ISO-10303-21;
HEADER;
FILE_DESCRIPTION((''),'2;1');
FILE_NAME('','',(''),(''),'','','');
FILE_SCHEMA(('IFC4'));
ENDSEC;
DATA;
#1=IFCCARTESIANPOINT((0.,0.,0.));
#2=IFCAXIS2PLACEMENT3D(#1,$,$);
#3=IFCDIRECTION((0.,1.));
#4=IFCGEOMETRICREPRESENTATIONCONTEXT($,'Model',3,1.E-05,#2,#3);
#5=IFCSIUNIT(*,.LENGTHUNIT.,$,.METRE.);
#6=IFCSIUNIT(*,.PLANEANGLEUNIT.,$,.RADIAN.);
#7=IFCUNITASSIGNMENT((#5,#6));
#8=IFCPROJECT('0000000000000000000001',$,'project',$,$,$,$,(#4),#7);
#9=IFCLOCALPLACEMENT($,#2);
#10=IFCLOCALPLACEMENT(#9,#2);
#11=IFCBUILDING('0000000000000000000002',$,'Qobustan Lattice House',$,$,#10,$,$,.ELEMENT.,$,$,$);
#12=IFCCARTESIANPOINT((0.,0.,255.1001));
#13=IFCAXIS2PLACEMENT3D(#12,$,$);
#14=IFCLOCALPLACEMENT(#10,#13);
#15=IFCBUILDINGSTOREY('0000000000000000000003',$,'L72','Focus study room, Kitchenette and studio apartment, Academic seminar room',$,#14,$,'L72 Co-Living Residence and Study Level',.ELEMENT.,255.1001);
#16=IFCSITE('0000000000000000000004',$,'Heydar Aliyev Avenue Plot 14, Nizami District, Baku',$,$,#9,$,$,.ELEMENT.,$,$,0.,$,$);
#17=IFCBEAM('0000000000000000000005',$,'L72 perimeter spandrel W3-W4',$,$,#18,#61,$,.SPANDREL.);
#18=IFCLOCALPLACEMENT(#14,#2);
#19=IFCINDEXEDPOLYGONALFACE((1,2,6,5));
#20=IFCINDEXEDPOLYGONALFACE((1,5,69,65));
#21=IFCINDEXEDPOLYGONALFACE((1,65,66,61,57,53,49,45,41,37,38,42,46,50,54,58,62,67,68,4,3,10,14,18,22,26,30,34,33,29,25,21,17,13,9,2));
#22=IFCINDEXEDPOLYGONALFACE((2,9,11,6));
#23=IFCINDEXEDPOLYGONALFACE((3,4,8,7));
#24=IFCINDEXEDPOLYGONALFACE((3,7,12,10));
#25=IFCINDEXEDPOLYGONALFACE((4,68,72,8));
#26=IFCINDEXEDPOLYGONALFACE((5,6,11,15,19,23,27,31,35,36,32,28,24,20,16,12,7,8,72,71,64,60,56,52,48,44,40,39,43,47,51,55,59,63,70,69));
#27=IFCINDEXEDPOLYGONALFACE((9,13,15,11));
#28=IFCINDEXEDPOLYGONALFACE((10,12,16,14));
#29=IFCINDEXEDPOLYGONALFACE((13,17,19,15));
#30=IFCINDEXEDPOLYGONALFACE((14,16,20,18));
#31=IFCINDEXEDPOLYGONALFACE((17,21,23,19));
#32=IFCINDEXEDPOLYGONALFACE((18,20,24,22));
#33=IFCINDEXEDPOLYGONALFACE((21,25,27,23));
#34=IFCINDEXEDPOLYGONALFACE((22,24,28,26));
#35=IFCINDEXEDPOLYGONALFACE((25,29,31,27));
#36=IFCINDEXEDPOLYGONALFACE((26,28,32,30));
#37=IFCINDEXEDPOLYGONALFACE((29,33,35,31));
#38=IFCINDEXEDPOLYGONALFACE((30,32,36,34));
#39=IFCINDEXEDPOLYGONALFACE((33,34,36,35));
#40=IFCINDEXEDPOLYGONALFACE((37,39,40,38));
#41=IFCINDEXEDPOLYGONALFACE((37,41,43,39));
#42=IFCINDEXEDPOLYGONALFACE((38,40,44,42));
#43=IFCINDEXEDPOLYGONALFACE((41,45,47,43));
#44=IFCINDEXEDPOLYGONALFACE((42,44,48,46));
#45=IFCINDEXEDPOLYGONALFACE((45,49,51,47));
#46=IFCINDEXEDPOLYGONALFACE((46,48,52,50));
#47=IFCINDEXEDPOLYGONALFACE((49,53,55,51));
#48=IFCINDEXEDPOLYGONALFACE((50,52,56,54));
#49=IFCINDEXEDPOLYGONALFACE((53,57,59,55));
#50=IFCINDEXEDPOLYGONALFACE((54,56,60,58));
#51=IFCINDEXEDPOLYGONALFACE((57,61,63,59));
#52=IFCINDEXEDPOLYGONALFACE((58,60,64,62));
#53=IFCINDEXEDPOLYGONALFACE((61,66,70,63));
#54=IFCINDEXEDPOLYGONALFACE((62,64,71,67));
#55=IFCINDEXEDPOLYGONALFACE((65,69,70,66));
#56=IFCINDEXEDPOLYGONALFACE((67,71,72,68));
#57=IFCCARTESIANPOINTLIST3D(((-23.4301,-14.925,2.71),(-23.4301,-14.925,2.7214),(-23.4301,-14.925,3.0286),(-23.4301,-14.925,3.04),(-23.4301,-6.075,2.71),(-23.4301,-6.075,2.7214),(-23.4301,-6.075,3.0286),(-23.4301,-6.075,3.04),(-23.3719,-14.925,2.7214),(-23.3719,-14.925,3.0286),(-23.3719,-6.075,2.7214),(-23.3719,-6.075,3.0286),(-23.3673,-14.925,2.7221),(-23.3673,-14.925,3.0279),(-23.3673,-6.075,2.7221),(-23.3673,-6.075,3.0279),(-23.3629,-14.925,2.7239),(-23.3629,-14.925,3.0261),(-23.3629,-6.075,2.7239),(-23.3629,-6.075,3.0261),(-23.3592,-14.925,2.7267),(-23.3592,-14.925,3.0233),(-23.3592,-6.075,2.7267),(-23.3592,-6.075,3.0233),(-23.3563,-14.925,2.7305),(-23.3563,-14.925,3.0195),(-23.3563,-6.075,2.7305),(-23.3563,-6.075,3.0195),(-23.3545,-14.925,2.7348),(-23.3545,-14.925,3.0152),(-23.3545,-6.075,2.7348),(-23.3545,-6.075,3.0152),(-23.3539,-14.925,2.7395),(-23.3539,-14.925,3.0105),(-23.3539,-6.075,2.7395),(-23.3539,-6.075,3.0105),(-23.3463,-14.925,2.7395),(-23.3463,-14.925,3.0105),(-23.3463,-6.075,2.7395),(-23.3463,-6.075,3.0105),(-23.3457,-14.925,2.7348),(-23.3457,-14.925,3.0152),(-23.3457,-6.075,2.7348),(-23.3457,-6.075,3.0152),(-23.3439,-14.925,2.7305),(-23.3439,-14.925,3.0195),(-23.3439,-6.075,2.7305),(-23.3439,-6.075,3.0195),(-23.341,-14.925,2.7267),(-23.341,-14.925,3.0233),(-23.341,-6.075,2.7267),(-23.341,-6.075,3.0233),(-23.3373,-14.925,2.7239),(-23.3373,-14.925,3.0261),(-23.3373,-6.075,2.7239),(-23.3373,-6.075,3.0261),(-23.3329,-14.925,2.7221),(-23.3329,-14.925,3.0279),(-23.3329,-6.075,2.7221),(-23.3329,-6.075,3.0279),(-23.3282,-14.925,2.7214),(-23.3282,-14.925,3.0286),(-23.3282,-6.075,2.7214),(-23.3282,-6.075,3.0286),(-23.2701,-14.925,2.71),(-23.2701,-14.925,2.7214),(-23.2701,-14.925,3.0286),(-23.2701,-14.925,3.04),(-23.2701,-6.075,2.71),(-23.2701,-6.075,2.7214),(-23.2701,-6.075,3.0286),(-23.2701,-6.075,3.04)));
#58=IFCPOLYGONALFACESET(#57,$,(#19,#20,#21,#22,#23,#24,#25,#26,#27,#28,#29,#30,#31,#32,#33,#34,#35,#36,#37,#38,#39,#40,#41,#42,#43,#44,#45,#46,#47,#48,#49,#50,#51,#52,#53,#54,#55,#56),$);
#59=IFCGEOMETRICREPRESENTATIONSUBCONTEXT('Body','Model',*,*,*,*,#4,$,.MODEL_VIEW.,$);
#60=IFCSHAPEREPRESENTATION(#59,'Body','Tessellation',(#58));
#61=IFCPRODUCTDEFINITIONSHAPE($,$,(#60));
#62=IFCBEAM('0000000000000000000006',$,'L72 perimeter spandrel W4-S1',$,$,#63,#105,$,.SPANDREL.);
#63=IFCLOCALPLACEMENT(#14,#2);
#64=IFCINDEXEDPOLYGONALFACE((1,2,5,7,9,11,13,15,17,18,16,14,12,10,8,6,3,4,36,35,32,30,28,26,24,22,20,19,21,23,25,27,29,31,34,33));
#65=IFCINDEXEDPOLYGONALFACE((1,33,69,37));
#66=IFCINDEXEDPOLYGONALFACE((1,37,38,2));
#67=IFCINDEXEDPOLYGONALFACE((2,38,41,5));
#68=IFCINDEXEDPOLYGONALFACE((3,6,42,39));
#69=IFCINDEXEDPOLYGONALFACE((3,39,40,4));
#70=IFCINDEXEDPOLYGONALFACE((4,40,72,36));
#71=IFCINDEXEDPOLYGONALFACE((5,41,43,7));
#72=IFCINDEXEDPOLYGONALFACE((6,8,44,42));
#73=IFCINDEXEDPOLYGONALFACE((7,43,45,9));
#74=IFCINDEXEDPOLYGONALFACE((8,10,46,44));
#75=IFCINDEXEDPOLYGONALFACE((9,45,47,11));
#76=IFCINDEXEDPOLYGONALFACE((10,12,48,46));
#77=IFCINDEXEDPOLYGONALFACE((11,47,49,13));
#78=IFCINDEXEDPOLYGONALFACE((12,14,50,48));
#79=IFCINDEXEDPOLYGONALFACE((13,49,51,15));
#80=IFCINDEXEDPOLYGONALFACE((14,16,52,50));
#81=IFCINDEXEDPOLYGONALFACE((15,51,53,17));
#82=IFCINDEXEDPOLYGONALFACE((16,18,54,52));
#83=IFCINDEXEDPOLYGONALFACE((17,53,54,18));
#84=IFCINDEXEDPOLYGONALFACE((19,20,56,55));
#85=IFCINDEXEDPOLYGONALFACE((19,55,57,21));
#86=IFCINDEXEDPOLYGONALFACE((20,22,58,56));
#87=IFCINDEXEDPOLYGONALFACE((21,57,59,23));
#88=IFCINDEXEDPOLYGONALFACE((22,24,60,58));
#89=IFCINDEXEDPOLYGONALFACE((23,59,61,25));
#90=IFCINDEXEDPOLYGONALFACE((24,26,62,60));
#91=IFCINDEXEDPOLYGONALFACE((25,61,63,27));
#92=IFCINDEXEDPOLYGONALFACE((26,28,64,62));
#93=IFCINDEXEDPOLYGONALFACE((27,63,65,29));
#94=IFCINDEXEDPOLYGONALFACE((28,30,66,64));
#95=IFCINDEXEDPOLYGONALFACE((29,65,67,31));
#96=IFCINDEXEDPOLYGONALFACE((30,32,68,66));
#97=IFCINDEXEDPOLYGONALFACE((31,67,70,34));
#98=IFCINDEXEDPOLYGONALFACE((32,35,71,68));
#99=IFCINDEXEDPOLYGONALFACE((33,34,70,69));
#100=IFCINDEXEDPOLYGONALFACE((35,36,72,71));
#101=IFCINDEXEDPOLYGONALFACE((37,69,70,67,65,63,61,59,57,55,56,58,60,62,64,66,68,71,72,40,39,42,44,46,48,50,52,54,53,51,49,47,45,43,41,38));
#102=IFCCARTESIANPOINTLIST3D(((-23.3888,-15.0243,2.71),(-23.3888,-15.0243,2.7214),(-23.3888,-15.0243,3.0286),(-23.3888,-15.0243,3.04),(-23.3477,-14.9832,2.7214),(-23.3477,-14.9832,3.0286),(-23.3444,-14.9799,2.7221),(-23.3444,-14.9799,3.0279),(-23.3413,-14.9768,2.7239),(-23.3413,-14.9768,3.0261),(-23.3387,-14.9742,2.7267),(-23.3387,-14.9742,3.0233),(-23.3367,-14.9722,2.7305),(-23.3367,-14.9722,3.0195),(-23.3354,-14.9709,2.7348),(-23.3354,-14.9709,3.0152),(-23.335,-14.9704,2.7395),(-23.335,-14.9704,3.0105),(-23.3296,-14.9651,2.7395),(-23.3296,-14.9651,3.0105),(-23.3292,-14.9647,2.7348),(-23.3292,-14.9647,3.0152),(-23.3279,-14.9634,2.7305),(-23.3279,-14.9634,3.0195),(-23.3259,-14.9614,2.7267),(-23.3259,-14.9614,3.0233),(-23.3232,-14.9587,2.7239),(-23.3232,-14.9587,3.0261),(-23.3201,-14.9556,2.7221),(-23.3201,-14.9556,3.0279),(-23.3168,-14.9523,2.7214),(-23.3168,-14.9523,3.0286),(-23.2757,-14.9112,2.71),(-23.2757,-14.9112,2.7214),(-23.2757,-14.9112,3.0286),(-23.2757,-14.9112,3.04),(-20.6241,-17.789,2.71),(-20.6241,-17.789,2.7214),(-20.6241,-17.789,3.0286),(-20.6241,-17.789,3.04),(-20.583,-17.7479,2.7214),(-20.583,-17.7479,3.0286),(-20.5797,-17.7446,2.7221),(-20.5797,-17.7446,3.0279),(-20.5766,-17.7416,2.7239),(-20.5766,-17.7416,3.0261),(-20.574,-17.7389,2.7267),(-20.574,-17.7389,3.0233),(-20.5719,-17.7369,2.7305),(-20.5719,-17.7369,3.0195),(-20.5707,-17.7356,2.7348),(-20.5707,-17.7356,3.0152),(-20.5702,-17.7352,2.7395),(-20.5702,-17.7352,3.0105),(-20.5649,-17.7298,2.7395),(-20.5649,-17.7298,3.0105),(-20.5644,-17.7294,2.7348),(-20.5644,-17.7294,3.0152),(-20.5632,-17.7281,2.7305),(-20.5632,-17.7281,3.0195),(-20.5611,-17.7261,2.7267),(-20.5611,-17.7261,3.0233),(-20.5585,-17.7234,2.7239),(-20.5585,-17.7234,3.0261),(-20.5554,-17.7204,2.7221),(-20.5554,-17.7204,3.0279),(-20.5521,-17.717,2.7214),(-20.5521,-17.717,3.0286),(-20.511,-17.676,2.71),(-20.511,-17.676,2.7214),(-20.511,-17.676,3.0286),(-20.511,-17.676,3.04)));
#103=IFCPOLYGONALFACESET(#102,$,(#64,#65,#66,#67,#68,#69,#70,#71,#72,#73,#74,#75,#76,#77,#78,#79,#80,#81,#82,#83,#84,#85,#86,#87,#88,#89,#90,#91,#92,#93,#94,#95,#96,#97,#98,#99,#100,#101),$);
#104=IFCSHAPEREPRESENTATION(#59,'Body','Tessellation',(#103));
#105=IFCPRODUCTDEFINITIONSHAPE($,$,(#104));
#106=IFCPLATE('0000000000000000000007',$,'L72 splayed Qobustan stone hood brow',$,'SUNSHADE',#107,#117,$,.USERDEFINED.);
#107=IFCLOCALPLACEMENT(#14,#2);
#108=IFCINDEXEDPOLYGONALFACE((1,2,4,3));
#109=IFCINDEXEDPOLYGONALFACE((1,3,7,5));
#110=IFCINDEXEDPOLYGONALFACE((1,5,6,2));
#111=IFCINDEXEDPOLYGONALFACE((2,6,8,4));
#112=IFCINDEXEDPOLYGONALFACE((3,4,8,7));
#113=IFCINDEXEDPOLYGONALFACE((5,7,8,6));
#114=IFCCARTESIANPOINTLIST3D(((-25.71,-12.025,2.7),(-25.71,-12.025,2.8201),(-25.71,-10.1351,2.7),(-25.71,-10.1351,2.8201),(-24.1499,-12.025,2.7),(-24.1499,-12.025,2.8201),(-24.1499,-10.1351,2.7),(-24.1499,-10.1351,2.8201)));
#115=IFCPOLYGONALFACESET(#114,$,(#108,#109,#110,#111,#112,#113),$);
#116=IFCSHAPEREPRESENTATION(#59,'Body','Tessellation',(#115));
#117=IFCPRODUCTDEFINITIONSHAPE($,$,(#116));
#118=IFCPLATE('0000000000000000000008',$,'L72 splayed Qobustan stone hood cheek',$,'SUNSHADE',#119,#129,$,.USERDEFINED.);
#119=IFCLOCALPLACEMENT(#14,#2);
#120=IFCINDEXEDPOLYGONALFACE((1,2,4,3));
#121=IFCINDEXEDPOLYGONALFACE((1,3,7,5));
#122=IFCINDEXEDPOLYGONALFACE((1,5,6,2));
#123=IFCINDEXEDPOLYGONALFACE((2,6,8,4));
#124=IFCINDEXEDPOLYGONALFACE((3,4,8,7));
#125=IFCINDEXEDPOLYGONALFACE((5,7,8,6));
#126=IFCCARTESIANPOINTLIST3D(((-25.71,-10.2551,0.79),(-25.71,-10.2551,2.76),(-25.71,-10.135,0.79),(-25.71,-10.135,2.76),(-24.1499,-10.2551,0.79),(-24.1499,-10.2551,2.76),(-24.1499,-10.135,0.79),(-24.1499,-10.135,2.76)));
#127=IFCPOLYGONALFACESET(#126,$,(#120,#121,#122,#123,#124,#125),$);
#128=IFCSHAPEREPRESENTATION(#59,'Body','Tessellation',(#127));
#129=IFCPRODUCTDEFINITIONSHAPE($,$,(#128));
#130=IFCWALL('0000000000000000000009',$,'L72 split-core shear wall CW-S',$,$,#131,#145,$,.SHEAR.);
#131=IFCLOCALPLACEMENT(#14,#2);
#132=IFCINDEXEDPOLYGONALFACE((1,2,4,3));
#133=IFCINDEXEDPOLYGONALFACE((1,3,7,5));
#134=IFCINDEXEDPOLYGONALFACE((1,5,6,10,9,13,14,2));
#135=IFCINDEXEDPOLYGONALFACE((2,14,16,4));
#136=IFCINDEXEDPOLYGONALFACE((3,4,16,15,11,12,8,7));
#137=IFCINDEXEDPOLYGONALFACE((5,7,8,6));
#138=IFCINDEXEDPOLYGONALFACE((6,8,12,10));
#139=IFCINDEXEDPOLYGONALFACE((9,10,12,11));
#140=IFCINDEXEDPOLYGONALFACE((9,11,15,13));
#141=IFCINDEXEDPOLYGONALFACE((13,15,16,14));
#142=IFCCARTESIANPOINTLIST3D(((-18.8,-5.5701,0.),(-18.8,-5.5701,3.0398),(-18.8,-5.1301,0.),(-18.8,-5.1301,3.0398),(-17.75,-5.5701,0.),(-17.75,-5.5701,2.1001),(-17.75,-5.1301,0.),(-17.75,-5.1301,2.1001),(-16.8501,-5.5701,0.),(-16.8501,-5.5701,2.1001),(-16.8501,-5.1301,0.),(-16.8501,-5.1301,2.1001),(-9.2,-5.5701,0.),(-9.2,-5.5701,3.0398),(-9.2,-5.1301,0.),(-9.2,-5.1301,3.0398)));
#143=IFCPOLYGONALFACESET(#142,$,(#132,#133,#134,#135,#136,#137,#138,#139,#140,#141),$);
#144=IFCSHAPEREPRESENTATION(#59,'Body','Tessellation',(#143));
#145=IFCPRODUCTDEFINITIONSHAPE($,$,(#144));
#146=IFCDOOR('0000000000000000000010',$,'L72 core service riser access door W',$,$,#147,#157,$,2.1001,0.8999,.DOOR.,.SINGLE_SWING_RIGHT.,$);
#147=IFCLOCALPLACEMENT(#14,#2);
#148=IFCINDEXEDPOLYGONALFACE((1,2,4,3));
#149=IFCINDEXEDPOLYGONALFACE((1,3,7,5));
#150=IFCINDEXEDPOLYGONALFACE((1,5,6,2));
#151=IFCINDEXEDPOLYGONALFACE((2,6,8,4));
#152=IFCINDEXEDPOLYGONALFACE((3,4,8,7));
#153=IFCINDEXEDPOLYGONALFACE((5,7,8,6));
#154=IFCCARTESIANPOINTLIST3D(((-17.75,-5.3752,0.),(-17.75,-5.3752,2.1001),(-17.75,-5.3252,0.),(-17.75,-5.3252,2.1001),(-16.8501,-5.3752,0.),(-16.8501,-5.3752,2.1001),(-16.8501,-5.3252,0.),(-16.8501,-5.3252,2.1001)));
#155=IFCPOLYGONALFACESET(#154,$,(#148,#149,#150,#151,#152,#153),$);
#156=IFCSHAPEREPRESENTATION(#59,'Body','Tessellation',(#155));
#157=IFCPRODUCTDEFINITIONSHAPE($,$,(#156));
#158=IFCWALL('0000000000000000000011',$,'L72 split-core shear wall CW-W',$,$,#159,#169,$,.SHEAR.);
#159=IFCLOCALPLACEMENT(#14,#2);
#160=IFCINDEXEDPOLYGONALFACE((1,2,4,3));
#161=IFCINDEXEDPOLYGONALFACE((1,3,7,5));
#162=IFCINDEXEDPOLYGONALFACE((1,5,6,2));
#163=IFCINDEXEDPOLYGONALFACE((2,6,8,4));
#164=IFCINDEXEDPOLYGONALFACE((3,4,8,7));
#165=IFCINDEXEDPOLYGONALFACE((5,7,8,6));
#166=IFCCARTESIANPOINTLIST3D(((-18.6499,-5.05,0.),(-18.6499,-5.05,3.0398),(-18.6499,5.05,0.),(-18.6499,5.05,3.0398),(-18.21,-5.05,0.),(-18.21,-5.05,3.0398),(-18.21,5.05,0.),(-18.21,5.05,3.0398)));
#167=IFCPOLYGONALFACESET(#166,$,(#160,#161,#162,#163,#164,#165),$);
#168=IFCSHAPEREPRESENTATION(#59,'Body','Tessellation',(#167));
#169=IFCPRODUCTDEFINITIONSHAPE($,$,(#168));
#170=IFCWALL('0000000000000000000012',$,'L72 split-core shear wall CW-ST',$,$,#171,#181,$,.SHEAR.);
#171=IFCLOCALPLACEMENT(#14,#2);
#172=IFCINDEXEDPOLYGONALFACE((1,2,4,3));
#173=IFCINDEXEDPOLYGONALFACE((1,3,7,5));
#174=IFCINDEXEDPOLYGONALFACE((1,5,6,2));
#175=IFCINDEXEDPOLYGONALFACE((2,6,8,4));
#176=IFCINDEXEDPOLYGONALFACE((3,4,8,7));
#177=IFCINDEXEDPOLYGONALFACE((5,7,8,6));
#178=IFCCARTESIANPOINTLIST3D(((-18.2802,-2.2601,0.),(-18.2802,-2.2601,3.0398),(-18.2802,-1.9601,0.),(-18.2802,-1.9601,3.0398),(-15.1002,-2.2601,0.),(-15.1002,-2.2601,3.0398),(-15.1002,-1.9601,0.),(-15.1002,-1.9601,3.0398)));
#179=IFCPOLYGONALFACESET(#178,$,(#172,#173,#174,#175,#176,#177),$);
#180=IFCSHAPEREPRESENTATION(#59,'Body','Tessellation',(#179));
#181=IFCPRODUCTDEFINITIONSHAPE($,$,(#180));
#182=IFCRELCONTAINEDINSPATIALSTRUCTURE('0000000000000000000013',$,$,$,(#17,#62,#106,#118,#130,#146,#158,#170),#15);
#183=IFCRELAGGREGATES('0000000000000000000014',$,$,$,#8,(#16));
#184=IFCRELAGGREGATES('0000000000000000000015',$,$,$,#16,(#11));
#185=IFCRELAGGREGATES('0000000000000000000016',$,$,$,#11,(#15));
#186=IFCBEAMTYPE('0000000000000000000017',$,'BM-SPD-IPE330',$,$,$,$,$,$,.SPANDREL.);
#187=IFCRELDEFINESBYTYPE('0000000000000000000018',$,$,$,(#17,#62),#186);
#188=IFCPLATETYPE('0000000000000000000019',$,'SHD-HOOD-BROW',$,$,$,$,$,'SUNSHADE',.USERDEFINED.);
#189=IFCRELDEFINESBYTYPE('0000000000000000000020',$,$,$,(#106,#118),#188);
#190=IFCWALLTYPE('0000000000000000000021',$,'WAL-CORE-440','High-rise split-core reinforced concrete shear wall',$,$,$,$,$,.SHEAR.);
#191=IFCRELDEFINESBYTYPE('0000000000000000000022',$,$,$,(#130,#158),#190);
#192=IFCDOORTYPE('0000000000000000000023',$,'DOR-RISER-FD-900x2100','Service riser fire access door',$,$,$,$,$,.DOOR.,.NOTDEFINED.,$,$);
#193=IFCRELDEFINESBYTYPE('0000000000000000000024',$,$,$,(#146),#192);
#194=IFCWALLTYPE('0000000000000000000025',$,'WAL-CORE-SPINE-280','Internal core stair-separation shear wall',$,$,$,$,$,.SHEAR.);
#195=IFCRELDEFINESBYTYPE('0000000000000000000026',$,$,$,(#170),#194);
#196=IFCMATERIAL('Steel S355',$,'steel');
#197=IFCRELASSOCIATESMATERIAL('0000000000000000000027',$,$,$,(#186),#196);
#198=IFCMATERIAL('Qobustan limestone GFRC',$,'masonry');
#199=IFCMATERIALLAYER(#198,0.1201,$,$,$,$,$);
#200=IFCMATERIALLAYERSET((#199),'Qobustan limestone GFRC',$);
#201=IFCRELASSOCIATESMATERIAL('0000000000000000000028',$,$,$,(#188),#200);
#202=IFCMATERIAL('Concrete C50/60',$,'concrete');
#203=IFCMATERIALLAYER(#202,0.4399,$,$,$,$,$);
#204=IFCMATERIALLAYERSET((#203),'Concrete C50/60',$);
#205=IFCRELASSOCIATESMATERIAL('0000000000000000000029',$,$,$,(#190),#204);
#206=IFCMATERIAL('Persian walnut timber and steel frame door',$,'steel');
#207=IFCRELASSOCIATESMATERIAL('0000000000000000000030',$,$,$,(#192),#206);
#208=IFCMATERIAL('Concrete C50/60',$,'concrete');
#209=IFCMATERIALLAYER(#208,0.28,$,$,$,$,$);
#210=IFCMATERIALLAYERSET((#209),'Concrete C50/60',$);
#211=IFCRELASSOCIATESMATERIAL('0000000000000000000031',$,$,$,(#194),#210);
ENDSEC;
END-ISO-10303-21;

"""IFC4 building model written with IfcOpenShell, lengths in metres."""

from ifc_helpers import new_model, si_unit, direction, frame, frame_2d, origin, origin_2d, place, context, subcontext, project, spatial, rectangle, i_section, extrude, material, layer, layer_set, material_profile, profile_set, type_object, element, fill, save


model = new_model("IFC4")

# Units and contexts
model_context = context("Model", 3, precision=1e-05, world=origin(), true_north=direction((0.0, 1.0)))
body_context = subcontext(model_context, "Body", "Model", "MODEL_VIEW")
ifc_project = project(units=[si_unit("LENGTHUNIT", "METRE"), si_unit("PLANEANGLEUNIT", "RADIAN")], contexts=[model_context])

# Site, building, storey
site_placement = place(None, origin())
site = spatial("IfcSite", under=ifc_project, at=site_placement, Name="Heydar Aliyev Avenue Plot 14, Nizami District, Baku", CompositionType="ELEMENT", RefElevation=0.0)
building_placement = place(site_placement, origin())
building = spatial("IfcBuilding", under=site, at=building_placement, Name="Qobustan Lattice House", CompositionType="ELEMENT")
storey_placement = place(building_placement, frame((0.0, 0.0, 255.1001)))
storey = spatial("IfcBuildingStorey", under=building, at=storey_placement, Name="L72", Description="Focus study room, Kitchenette and studio apartment, Academic seminar room", LongName="L72 Co-Living Residence and Study Level", CompositionType="ELEMENT", Elevation=255.1001)

# Beams
ifc_material_1 = material(Name="Steel S355", Category="steel")
ifc_material_profile_1 = material_profile(ifc_material_1, i_section(OverallWidth=0.1599, OverallDepth=0.3301, WebThickness=0.0076, FlangeThickness=0.0115, FilletRadius=0.0181, at=origin_2d()), Name="IPE330")
ifc_profile_set_1 = profile_set([ifc_material_profile_1], Name="Steel S355")
beam_type_1 = type_object("IfcBeamType", Name="BM-SPD-IPE330", PredefinedType="SPANDREL", material=ifc_profile_set_1)
beam_1_placement = place(storey_placement, frame((-23.3501, -6.075, 2.875), z_axis=(0.0, -1.0, 0.0), x_axis=(1.0, 0.0, 0.0)))
element("IfcBeam", 1, at=beam_1_placement, inside=storey, type_object=beam_type_1, Name="L72 perimeter spandrel W3-W4", PredefinedType="SPANDREL", context=body_context, shape_type="SweptSolid", body=[
    extrude(i_section(OverallWidth=0.1599, OverallDepth=0.3301, WebThickness=0.0076, FlangeThickness=0.0115, FilletRadius=0.0181, at=origin_2d()), origin(), (0.0, 0.0, 1.0), 8.8501),
])
beam_2_placement = place(storey_placement, frame((-23.3323, -14.9678, 2.875), z_axis=(0.707107, -0.707107, 0.0), x_axis=(0.707107, 0.707107, 0.0)))
element("IfcBeam", 2, at=beam_2_placement, inside=storey, type_object=beam_type_1, Name="L72 perimeter spandrel W4-S1", PredefinedType="SPANDREL", context=body_context, shape_type="SweptSolid", body=[
    extrude(i_section(OverallWidth=0.1599, OverallDepth=0.3301, WebThickness=0.0076, FlangeThickness=0.0115, FilletRadius=0.0181, at=origin_2d()), origin(), (0.0, 0.0, 1.0), 3.9099),
])

# Plates
ifc_material_2 = material(Name="Qobustan limestone GFRC", Category="masonry")
ifc_layer_1 = layer(ifc_material_2, 0.1201)
ifc_layer_set_1 = layer_set([ifc_layer_1], Name="Qobustan limestone GFRC")
plate_type = type_object("IfcPlateType", Name="SHD-HOOD-BROW", ElementType="SUNSHADE", PredefinedType="USERDEFINED", material=ifc_layer_set_1)
plate_1_placement = place(storey_placement, frame((-24.9299, -11.0801, 2.7), z_axis=(0.0, 0.0, 1.0), x_axis=(0.0, 1.0, 0.0)))
element("IfcPlate", 3, at=plate_1_placement, inside=storey, type_object=plate_type, Name="L72 splayed Qobustan stone hood brow", ObjectType="SUNSHADE", PredefinedType="USERDEFINED", context=body_context, shape_type="SweptSolid", body=[
    extrude(rectangle(XDim=1.8899, YDim=1.5601, at=origin_2d()), origin(), (0.0, 0.0, 1.0), 0.1201),
])
plate_2_placement = place(storey_placement, frame((-24.9299, -10.1951, 0.79), z_axis=(0.0, 0.0, 1.0), x_axis=(0.0, 1.0, 0.0)))
element("IfcPlate", 4, at=plate_2_placement, inside=storey, type_object=plate_type, Name="L72 splayed Qobustan stone hood cheek", ObjectType="SUNSHADE", PredefinedType="USERDEFINED", context=body_context, shape_type="SweptSolid", body=[
    extrude(rectangle(XDim=0.1201, YDim=1.5601, at=origin_2d()), origin(), (0.0, 0.0, 1.0), 1.97),
])

# Wall, opening, door
ifc_material_3 = material(Name="Concrete C50/60", Category="concrete")
ifc_layer_2 = layer(ifc_material_3, 0.4399)
ifc_layer_set_2 = layer_set([ifc_layer_2], Name="Concrete C50/60")
wall_type_1 = type_object("IfcWallType", Name="WAL-CORE-440", Description="High-rise split-core reinforced concrete shear wall", PredefinedType="SHEAR", material=ifc_layer_set_2)
wall_1_placement = place(storey_placement, frame((-18.8, -5.3501, 0.0), z_axis=(0.0, 0.0, 1.0), x_axis=(1.0, 0.0, 0.0)))
wall_1 = element("IfcWall", 5, at=wall_1_placement, inside=storey, type_object=wall_type_1, Name="L72 split-core shear wall CW-S", PredefinedType="SHEAR", context=body_context, shape_type="SweptSolid", body=[
    extrude(rectangle(XDim=9.6001, YDim=0.4399, at=frame_2d((4.8, 0.0))), origin(), (0.0, 0.0, 1.0), 3.0398),
])
opening_1_placement = place(wall_1_placement, frame((1.05, 0.0, 0.0)))
opening_1 = element("IfcOpeningElement", 6, at=opening_1_placement, cuts=wall_1, PredefinedType="OPENING", context=body_context, shape_type="SweptSolid", body=[
    extrude(rectangle(XDim=0.8999, YDim=2.1001, at=frame_2d((0.45, 1.05))), frame((0.0, 0.23, 0.0), z_axis=(0.0, -1.0, 0.0), x_axis=(1.0, 0.0, 0.0)), (0.0, 0.0, 1.0), 0.46),
])
ifc_material_4 = material(Name="Persian walnut timber and steel frame door", Category="steel")
door_type_1 = type_object("IfcDoorType", Name="DOR-RISER-FD-900x2100", Description="Service riser fire access door", OperationType="NOTDEFINED", PredefinedType="DOOR", material=ifc_material_4)
door_1_placement = place(opening_1_placement, origin())
door_1 = element("IfcDoor", 7, at=door_1_placement, inside=storey, type_object=door_type_1, Name="L72 core service riser access door W", OperationType="SINGLE_SWING_RIGHT", OverallHeight=2.1001, OverallWidth=0.8999, PredefinedType="DOOR", context=body_context, shape_type="SweptSolid", body=[
    extrude(rectangle(XDim=0.8999, YDim=2.1001, at=frame_2d((0.45, 1.05))), frame((0.0, 0.0249, 0.0), z_axis=(0.0, -1.0, 0.0), x_axis=(1.0, 0.0, 0.0)), (0.0, 0.0, 1.0), 0.05),
])
fill(opening_1, door_1)

# Walls
wall_2_placement = place(storey_placement, frame((-18.4299, -5.05, 0.0), z_axis=(0.0, 0.0, 1.0), x_axis=(0.0, 1.0, 0.0)))
element("IfcWall", 8, at=wall_2_placement, inside=storey, type_object=wall_type_1, Name="L72 split-core shear wall CW-W", PredefinedType="SHEAR", context=body_context, shape_type="SweptSolid", body=[
    extrude(rectangle(XDim=10.1001, YDim=0.4399, at=frame_2d((5.05, 0.0))), origin(), (0.0, 0.0, 1.0), 3.0398),
])
ifc_material_5 = material(Name="Concrete C50/60", Category="concrete")
ifc_layer_3 = layer(ifc_material_5, 0.28)
ifc_layer_set_3 = layer_set([ifc_layer_3], Name="Concrete C50/60")
wall_type_2 = type_object("IfcWallType", Name="WAL-CORE-SPINE-280", Description="Internal core stair-separation shear wall", PredefinedType="SHEAR", material=ifc_layer_set_3)
wall_3_placement = place(storey_placement, frame((-18.28, -2.1101, 0.0), z_axis=(0.0, 0.0, 1.0), x_axis=(1.0, 0.0, 0.0)))
element("IfcWall", 9, at=wall_3_placement, inside=storey, type_object=wall_type_2, Name="L72 split-core shear wall CW-ST", PredefinedType="SHEAR", context=body_context, shape_type="SweptSolid", body=[
    extrude(rectangle(XDim=3.1799, YDim=0.3, at=frame_2d((1.5898, 0.0))), origin(), (0.0, 0.0, 1.0), 3.0398),
])

save(model, "model.ifc")
